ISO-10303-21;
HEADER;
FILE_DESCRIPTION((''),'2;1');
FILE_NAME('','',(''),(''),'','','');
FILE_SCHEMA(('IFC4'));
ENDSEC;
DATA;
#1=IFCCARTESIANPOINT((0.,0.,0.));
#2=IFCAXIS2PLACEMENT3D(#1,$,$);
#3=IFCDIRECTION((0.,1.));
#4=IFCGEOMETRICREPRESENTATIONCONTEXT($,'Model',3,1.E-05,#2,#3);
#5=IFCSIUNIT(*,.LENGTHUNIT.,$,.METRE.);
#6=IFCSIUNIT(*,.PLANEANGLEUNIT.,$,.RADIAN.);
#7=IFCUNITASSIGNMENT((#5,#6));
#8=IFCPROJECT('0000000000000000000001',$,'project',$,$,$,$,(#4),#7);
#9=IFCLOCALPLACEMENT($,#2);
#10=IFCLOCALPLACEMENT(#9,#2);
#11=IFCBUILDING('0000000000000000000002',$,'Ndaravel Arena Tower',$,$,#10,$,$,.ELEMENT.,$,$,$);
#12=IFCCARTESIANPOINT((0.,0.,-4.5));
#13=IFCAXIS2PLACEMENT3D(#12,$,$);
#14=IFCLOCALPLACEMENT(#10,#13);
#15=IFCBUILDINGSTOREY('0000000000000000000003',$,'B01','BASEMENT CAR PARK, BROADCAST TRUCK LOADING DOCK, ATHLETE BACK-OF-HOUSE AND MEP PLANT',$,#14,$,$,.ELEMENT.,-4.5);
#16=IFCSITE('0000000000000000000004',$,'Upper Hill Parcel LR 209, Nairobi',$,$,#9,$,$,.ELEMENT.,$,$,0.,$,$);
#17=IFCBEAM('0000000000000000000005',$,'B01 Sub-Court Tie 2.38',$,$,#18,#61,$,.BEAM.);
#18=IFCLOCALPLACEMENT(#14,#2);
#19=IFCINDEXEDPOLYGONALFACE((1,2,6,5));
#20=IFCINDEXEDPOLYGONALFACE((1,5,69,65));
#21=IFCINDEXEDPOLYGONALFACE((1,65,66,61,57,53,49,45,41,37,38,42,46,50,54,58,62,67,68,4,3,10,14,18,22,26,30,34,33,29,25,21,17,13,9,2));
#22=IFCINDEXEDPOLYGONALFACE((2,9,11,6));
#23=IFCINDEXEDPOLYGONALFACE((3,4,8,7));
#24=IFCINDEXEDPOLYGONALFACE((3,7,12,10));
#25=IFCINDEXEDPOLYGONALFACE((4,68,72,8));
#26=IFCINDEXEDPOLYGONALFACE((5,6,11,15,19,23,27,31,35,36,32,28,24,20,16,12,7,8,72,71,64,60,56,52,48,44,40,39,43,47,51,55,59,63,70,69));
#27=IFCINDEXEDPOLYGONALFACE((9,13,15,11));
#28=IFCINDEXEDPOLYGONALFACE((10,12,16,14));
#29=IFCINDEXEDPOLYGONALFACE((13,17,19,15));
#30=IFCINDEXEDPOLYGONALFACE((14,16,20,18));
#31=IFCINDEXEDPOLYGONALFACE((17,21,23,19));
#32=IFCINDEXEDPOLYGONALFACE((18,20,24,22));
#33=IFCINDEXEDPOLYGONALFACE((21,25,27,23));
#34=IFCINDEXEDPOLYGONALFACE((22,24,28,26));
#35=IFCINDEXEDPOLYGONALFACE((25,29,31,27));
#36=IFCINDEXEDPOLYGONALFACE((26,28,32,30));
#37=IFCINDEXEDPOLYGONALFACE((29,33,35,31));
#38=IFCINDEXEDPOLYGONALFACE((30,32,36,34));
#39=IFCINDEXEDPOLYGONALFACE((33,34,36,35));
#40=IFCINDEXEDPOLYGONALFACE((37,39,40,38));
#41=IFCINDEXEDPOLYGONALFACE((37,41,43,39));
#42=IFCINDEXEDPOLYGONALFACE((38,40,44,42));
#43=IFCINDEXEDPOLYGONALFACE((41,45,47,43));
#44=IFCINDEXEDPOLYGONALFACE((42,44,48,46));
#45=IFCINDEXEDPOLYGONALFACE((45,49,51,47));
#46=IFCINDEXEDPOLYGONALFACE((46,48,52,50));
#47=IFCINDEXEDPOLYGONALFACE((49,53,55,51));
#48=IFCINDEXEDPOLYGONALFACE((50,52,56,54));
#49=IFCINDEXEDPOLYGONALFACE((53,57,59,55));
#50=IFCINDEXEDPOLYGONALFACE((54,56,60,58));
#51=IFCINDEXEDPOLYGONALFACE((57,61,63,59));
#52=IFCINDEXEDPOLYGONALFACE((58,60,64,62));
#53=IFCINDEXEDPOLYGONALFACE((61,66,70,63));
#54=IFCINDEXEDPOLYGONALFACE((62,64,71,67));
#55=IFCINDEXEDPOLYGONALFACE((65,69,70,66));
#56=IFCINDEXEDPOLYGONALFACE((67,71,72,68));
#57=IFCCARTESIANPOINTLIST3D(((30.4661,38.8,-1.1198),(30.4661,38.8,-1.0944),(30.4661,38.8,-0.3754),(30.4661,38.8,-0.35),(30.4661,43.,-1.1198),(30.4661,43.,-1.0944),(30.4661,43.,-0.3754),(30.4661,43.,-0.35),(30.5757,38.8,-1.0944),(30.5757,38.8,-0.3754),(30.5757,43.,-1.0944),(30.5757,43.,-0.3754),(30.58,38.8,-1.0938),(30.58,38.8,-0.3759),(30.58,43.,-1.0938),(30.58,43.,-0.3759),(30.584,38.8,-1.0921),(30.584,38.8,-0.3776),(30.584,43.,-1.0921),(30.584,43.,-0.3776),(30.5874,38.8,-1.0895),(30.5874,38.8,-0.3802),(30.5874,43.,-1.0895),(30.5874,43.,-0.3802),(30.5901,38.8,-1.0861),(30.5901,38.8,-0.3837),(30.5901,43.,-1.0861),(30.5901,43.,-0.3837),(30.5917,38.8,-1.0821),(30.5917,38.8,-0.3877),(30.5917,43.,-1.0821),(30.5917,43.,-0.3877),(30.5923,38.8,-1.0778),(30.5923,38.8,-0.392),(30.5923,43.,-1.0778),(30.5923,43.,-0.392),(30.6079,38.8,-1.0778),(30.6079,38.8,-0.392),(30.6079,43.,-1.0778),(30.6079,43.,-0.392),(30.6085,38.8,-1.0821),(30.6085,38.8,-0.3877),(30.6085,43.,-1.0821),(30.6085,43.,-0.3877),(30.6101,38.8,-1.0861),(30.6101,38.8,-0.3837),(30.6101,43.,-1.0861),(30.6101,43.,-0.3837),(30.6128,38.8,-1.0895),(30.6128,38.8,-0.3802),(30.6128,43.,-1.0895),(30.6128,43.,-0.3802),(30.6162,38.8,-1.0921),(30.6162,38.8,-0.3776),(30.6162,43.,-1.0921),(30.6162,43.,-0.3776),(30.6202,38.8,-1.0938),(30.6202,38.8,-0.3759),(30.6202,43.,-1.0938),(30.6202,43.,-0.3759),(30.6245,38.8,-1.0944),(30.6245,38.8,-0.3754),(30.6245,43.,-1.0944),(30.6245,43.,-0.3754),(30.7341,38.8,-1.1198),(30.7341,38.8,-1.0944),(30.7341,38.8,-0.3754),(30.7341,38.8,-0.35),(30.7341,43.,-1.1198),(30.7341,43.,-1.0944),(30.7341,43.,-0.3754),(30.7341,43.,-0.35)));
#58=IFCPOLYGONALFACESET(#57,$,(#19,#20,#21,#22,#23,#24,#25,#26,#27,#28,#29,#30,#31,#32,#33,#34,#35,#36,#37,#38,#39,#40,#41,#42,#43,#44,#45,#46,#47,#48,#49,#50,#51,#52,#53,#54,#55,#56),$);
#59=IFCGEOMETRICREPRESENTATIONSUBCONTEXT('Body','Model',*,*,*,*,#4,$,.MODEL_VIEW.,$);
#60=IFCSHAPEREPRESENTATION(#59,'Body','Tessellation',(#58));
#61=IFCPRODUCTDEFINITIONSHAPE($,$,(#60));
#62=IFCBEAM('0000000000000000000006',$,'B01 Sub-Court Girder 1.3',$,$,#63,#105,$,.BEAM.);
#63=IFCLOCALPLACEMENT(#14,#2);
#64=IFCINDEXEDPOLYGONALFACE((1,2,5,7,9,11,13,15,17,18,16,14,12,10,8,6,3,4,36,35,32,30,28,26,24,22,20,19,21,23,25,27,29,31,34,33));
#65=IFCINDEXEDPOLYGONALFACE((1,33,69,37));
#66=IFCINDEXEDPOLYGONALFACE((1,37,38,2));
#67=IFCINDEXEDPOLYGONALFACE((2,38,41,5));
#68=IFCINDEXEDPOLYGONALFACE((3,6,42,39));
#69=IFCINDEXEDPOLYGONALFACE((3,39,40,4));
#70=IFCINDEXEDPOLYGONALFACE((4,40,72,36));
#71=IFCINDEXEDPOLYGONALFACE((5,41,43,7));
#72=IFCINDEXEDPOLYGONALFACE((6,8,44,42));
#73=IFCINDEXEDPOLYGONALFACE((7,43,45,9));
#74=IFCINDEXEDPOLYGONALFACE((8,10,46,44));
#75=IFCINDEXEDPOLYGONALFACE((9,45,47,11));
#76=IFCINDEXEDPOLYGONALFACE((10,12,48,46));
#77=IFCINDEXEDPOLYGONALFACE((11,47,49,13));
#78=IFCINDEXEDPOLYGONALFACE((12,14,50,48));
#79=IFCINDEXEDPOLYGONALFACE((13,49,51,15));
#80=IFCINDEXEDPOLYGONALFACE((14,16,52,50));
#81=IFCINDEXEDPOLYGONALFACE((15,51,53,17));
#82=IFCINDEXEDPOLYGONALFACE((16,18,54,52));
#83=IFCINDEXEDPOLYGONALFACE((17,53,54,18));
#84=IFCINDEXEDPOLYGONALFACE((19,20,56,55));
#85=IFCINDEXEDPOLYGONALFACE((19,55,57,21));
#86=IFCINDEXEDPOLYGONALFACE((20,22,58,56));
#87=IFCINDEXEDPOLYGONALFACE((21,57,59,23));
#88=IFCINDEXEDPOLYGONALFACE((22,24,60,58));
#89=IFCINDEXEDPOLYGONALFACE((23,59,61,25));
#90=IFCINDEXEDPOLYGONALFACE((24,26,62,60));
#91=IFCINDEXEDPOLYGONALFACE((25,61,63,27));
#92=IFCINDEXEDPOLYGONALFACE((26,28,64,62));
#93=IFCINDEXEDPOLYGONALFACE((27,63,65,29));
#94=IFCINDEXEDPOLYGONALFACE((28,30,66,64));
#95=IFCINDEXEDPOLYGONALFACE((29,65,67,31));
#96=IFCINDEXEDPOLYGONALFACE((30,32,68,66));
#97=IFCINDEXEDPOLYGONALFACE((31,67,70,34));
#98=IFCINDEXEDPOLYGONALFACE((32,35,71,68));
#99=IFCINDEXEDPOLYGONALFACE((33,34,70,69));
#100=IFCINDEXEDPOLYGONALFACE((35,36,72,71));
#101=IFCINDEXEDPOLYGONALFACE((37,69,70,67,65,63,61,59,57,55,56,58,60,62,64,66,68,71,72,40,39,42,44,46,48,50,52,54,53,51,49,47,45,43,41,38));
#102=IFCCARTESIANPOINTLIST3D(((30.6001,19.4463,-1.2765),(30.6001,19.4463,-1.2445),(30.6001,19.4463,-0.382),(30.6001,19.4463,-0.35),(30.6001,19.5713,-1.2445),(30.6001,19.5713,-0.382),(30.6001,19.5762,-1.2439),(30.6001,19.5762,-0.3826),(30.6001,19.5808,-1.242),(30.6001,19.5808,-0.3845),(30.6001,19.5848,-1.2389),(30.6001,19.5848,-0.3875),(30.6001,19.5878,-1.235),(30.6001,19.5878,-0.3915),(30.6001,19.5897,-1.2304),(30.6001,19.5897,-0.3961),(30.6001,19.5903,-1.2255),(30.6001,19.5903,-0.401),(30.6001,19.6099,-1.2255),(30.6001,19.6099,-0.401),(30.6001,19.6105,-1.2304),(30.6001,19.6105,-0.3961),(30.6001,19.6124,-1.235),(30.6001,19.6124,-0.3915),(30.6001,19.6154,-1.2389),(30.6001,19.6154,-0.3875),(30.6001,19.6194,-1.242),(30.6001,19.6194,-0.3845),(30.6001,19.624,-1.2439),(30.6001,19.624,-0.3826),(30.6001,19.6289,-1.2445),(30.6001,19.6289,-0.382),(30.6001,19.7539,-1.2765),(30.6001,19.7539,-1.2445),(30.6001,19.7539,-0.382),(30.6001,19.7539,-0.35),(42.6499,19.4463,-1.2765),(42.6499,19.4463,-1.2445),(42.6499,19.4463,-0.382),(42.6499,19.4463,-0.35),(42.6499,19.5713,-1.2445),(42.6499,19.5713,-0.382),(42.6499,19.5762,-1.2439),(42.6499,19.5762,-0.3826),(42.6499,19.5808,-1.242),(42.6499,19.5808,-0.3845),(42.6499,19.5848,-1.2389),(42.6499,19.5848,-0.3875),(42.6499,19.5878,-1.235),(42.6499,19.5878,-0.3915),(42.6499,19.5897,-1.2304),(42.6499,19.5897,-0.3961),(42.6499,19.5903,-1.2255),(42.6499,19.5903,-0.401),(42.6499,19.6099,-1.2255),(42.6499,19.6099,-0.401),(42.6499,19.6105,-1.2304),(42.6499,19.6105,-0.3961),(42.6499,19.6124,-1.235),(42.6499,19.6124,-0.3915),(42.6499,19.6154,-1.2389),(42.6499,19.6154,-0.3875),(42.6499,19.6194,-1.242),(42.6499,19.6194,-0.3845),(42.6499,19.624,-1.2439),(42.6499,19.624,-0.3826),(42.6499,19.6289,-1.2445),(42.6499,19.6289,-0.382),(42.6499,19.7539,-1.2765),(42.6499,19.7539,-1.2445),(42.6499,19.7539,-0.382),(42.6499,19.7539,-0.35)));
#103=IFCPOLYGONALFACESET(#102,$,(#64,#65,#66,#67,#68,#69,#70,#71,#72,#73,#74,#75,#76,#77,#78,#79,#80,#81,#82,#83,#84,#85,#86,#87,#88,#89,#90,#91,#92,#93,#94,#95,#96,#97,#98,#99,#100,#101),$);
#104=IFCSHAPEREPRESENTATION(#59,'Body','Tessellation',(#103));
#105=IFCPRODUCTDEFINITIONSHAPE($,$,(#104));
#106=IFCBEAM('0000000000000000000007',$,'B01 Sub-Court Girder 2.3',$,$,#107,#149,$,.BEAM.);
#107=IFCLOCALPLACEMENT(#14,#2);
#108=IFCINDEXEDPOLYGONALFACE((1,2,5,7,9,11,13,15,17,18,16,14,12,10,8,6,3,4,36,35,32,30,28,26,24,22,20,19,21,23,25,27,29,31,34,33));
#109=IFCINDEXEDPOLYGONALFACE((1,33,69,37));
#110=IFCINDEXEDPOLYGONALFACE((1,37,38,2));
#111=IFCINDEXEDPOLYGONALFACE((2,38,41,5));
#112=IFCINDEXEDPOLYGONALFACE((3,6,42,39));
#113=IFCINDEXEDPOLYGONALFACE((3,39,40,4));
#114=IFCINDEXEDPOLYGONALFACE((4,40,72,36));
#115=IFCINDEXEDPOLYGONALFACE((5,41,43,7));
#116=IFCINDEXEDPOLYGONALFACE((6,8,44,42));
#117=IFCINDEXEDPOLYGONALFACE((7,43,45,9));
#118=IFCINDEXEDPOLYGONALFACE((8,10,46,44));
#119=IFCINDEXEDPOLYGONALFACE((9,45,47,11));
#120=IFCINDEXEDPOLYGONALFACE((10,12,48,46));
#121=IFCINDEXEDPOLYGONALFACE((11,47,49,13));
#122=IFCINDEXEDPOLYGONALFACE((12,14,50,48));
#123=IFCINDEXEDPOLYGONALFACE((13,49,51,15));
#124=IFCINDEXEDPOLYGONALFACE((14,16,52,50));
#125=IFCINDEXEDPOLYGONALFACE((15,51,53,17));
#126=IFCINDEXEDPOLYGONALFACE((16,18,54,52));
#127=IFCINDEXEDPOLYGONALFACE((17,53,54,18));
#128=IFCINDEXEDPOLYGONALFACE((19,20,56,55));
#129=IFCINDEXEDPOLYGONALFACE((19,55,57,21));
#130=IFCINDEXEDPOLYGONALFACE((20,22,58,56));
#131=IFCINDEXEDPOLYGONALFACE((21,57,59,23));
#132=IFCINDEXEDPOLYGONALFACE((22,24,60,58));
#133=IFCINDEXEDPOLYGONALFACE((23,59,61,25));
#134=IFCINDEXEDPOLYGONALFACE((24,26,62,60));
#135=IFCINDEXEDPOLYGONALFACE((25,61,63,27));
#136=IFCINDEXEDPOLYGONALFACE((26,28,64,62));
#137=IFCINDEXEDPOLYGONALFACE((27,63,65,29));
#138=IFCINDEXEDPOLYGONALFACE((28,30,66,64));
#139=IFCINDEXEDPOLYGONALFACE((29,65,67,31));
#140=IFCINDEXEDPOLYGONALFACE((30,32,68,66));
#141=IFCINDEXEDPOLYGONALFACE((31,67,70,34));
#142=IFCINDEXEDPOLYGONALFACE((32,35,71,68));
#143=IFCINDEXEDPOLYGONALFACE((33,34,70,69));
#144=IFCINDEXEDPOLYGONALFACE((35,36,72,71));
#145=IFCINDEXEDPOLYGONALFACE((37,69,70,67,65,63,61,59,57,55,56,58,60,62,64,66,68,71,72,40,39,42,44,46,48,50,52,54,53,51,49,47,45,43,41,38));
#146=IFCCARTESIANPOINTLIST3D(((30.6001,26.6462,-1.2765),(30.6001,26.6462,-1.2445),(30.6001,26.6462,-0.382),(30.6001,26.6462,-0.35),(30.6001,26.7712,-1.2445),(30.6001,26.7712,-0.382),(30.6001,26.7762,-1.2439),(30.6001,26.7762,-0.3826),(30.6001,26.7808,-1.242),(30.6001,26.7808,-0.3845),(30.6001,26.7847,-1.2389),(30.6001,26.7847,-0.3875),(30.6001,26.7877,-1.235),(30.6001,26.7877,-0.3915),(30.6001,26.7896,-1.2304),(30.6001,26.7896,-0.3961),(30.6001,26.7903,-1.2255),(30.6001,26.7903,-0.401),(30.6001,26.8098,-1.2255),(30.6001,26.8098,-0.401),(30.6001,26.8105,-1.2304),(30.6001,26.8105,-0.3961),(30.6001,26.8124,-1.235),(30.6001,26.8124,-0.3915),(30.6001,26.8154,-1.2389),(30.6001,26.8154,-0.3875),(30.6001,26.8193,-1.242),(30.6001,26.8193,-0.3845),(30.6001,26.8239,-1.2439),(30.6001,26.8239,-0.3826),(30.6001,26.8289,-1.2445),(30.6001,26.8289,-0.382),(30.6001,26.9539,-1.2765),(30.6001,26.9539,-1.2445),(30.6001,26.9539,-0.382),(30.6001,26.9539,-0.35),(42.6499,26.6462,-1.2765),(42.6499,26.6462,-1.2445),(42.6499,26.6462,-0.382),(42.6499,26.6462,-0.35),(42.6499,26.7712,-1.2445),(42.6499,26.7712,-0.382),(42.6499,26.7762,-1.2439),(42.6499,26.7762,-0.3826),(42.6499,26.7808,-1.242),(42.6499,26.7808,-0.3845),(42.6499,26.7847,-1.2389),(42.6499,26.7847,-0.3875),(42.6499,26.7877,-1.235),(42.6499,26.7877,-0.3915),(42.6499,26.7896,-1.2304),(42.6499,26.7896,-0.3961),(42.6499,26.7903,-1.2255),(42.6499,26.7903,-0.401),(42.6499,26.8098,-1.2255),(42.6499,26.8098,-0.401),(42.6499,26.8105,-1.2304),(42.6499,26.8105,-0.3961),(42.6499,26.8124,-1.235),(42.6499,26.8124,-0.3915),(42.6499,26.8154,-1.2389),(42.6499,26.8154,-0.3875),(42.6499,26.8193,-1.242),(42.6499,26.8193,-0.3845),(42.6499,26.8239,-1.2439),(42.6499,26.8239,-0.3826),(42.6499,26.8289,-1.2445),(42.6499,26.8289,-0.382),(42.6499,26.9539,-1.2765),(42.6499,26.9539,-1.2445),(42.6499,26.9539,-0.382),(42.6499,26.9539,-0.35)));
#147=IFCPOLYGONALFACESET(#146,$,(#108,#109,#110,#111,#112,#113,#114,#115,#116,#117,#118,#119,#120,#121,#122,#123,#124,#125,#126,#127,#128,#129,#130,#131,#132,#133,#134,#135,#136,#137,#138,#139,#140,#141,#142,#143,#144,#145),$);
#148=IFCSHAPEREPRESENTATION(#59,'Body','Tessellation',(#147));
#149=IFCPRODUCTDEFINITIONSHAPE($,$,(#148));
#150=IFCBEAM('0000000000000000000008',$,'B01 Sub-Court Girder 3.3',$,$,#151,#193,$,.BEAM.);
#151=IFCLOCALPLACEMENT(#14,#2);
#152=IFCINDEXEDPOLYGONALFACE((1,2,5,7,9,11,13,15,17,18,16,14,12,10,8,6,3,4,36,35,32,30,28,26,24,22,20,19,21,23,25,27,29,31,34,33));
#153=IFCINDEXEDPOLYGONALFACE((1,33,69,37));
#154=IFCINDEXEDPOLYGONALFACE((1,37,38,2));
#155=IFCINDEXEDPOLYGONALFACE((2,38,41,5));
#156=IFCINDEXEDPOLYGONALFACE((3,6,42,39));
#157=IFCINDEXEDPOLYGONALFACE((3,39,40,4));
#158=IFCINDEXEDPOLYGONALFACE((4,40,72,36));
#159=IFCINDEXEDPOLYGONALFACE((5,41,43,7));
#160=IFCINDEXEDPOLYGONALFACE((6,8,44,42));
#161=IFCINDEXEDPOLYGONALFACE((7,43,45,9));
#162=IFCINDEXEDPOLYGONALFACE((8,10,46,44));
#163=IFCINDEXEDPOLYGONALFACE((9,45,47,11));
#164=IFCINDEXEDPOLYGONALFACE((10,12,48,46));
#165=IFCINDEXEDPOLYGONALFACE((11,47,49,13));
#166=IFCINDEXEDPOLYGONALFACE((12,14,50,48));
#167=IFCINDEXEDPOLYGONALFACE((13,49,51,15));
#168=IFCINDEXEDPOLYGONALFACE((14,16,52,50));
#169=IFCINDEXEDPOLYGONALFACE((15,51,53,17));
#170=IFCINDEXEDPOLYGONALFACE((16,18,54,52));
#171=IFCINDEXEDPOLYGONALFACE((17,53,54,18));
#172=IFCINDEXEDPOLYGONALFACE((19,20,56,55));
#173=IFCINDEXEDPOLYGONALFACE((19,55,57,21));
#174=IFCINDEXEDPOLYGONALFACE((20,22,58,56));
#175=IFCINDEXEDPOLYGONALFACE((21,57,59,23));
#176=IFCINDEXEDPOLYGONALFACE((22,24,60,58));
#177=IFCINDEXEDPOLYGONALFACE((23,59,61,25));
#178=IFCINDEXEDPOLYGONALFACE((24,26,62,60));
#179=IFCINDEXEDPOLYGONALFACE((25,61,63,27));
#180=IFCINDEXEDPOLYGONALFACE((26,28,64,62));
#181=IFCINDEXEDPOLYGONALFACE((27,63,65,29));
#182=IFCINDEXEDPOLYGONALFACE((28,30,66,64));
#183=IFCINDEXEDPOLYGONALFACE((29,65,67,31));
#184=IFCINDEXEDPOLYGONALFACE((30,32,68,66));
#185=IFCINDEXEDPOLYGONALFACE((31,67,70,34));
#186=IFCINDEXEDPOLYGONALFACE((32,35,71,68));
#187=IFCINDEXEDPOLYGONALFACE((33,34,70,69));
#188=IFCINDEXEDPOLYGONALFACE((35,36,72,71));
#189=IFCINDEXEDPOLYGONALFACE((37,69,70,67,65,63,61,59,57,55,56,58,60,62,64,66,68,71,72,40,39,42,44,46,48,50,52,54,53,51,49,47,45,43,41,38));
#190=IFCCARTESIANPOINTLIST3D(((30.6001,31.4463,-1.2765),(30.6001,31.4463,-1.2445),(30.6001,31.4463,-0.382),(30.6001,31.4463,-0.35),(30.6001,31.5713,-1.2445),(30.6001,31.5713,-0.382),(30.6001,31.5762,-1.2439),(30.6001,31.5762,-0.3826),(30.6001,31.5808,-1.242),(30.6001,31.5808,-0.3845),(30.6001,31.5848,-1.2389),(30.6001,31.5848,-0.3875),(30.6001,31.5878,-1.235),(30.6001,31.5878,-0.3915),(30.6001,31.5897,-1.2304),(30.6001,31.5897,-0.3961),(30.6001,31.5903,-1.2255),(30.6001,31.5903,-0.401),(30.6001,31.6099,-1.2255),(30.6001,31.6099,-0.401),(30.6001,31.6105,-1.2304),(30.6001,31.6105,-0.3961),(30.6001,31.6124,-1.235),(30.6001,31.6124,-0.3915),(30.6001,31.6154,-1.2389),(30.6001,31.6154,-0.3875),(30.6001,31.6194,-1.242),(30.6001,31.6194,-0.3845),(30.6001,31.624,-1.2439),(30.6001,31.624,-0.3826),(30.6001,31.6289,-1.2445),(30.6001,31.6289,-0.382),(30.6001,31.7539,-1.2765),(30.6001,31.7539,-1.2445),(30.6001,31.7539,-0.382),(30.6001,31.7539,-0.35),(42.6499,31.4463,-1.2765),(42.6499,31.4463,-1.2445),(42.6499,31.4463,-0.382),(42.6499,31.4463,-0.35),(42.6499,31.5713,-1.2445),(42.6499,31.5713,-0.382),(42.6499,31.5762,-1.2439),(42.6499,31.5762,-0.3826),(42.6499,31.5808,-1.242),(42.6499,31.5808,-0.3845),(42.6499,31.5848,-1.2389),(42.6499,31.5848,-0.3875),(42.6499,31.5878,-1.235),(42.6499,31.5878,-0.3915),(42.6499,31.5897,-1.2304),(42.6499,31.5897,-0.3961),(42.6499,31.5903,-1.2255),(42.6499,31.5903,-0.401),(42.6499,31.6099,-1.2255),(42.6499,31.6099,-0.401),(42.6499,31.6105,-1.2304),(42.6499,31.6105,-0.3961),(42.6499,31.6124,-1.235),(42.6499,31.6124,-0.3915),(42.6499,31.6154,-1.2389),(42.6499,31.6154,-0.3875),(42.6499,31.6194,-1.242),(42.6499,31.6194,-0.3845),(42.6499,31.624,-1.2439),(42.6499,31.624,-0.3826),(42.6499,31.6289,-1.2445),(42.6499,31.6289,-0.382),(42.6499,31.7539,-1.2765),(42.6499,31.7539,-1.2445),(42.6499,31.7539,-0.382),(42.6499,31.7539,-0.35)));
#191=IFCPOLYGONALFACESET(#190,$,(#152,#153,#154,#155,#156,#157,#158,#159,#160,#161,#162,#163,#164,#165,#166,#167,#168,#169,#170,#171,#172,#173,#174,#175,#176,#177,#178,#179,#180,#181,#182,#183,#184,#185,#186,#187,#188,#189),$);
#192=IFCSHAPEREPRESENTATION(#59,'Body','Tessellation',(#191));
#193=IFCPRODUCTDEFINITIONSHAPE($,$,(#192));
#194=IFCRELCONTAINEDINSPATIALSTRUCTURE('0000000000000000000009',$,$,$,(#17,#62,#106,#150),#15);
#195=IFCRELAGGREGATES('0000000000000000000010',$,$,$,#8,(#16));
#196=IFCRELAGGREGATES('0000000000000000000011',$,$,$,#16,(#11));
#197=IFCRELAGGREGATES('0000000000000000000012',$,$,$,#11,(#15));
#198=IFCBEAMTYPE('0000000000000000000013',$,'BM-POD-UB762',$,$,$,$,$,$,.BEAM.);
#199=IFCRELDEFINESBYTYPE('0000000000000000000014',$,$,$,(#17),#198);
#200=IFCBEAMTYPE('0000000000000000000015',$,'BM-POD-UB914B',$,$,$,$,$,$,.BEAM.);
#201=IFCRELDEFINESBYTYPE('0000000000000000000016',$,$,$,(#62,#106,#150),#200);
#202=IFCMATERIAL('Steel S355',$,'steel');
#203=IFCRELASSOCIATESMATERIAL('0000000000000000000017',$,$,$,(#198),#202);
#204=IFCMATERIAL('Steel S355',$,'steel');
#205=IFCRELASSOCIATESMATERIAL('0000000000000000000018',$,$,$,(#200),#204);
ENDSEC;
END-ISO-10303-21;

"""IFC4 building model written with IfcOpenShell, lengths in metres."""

from ifc_helpers import new_model, si_unit, direction, frame, origin, origin_2d, place, context, subcontext, project, spatial, i_section, extrude, material, material_profile, profile_set, type_object, element, save


model = new_model("IFC4")

# Units and contexts
model_context = context("Model", 3, precision=1e-05, world=origin(), true_north=direction((0.0, 1.0)))
body_context = subcontext(model_context, "Body", "Model", "MODEL_VIEW")
ifc_project = project(units=[si_unit("LENGTHUNIT", "METRE"), si_unit("PLANEANGLEUNIT", "RADIAN")], contexts=[model_context])

# Site, building, storey
site_placement = place(None, origin())
site = spatial("IfcSite", under=ifc_project, at=site_placement, Name="Upper Hill Parcel LR 209, Nairobi", CompositionType="ELEMENT", RefElevation=0.0)
building_placement = place(site_placement, origin())
building = spatial("IfcBuilding", under=site, at=building_placement, Name="Ndaravel Arena Tower", CompositionType="ELEMENT")
storey_placement = place(building_placement, frame((0.0, 0.0, -4.5)))
storey = spatial("IfcBuildingStorey", under=building, at=storey_placement, Name="B01", Description="BASEMENT CAR PARK, BROADCAST TRUCK LOADING DOCK, ATHLETE BACK-OF-HOUSE AND MEP PLANT", CompositionType="ELEMENT", Elevation=-4.5)

# Beams
ifc_material_1 = material(Name="Steel S355", Category="steel")
ifc_material_profile_1 = material_profile(ifc_material_1, i_section(OverallWidth=0.2681, OverallDepth=0.7698, WebThickness=0.0156, FlangeThickness=0.0254, FilletRadius=0.0166, at=origin_2d()), Name="UB 762x267x197")
ifc_profile_set_1 = profile_set([ifc_material_profile_1], Name="Steel S355")
beam_type_1 = type_object("IfcBeamType", Name="BM-POD-UB762", PredefinedType="BEAM", material=ifc_profile_set_1)
beam_1_placement = place(storey_placement, frame((30.6001, 38.8, -0.7349), z_axis=(0.0, 1.0, 0.0), x_axis=(-1.0, 0.0, 0.0)))
element("IfcBeam", 1, at=beam_1_placement, inside=storey, type_object=beam_type_1, Name="B01 Sub-Court Tie 2.38", PredefinedType="BEAM", context=body_context, shape_type="SweptSolid", body=[
    extrude(i_section(OverallWidth=0.2681, OverallDepth=0.7698, WebThickness=0.0156, FlangeThickness=0.0254, FilletRadius=0.0166, at=origin_2d()), origin(), (0.0, 0.0, 1.0), 4.2),
])
ifc_material_2 = material(Name="Steel S355", Category="steel")
ifc_material_profile_2 = material_profile(ifc_material_2, i_section(OverallWidth=0.3076, OverallDepth=0.9265, WebThickness=0.0195, FlangeThickness=0.032, FilletRadius=0.019, at=origin_2d()), Name="UB 914x305x289")
ifc_profile_set_2 = profile_set([ifc_material_profile_2], Name="Steel S355")
beam_type_2 = type_object("IfcBeamType", Name="BM-POD-UB914B", PredefinedType="BEAM", material=ifc_profile_set_2)
for number, where, z_axis, x_axis, name in (
    (2, (30.6001, 19.6001, -0.8132), (1.0, 0.0, 0.0), (0.0, 1.0, 0.0), "B01 Sub-Court Girder 1.3"),
    (3, (30.6001, 26.8, -0.8132), (1.0, 0.0, 0.0), (0.0, 1.0, 0.0), "B01 Sub-Court Girder 2.3"),
    (4, (30.6001, 31.6001, -0.8132), (1.0, 0.0, 0.0), (0.0, 1.0, 0.0), "B01 Sub-Court Girder 3.3"),
):
    element("IfcBeam", number, at=place(storey_placement, frame(where, z_axis=z_axis, x_axis=x_axis)), inside=storey, type_object=beam_type_2, Name=name, PredefinedType="BEAM", context=body_context, shape_type="SweptSolid", body=[
        extrude(i_section(OverallWidth=0.3076, OverallDepth=0.9265, WebThickness=0.0195, FlangeThickness=0.032, FilletRadius=0.019, at=origin_2d()), origin(), (0.0, 0.0, 1.0), 12.0498),
    ])

save(model, "model.ifc")
